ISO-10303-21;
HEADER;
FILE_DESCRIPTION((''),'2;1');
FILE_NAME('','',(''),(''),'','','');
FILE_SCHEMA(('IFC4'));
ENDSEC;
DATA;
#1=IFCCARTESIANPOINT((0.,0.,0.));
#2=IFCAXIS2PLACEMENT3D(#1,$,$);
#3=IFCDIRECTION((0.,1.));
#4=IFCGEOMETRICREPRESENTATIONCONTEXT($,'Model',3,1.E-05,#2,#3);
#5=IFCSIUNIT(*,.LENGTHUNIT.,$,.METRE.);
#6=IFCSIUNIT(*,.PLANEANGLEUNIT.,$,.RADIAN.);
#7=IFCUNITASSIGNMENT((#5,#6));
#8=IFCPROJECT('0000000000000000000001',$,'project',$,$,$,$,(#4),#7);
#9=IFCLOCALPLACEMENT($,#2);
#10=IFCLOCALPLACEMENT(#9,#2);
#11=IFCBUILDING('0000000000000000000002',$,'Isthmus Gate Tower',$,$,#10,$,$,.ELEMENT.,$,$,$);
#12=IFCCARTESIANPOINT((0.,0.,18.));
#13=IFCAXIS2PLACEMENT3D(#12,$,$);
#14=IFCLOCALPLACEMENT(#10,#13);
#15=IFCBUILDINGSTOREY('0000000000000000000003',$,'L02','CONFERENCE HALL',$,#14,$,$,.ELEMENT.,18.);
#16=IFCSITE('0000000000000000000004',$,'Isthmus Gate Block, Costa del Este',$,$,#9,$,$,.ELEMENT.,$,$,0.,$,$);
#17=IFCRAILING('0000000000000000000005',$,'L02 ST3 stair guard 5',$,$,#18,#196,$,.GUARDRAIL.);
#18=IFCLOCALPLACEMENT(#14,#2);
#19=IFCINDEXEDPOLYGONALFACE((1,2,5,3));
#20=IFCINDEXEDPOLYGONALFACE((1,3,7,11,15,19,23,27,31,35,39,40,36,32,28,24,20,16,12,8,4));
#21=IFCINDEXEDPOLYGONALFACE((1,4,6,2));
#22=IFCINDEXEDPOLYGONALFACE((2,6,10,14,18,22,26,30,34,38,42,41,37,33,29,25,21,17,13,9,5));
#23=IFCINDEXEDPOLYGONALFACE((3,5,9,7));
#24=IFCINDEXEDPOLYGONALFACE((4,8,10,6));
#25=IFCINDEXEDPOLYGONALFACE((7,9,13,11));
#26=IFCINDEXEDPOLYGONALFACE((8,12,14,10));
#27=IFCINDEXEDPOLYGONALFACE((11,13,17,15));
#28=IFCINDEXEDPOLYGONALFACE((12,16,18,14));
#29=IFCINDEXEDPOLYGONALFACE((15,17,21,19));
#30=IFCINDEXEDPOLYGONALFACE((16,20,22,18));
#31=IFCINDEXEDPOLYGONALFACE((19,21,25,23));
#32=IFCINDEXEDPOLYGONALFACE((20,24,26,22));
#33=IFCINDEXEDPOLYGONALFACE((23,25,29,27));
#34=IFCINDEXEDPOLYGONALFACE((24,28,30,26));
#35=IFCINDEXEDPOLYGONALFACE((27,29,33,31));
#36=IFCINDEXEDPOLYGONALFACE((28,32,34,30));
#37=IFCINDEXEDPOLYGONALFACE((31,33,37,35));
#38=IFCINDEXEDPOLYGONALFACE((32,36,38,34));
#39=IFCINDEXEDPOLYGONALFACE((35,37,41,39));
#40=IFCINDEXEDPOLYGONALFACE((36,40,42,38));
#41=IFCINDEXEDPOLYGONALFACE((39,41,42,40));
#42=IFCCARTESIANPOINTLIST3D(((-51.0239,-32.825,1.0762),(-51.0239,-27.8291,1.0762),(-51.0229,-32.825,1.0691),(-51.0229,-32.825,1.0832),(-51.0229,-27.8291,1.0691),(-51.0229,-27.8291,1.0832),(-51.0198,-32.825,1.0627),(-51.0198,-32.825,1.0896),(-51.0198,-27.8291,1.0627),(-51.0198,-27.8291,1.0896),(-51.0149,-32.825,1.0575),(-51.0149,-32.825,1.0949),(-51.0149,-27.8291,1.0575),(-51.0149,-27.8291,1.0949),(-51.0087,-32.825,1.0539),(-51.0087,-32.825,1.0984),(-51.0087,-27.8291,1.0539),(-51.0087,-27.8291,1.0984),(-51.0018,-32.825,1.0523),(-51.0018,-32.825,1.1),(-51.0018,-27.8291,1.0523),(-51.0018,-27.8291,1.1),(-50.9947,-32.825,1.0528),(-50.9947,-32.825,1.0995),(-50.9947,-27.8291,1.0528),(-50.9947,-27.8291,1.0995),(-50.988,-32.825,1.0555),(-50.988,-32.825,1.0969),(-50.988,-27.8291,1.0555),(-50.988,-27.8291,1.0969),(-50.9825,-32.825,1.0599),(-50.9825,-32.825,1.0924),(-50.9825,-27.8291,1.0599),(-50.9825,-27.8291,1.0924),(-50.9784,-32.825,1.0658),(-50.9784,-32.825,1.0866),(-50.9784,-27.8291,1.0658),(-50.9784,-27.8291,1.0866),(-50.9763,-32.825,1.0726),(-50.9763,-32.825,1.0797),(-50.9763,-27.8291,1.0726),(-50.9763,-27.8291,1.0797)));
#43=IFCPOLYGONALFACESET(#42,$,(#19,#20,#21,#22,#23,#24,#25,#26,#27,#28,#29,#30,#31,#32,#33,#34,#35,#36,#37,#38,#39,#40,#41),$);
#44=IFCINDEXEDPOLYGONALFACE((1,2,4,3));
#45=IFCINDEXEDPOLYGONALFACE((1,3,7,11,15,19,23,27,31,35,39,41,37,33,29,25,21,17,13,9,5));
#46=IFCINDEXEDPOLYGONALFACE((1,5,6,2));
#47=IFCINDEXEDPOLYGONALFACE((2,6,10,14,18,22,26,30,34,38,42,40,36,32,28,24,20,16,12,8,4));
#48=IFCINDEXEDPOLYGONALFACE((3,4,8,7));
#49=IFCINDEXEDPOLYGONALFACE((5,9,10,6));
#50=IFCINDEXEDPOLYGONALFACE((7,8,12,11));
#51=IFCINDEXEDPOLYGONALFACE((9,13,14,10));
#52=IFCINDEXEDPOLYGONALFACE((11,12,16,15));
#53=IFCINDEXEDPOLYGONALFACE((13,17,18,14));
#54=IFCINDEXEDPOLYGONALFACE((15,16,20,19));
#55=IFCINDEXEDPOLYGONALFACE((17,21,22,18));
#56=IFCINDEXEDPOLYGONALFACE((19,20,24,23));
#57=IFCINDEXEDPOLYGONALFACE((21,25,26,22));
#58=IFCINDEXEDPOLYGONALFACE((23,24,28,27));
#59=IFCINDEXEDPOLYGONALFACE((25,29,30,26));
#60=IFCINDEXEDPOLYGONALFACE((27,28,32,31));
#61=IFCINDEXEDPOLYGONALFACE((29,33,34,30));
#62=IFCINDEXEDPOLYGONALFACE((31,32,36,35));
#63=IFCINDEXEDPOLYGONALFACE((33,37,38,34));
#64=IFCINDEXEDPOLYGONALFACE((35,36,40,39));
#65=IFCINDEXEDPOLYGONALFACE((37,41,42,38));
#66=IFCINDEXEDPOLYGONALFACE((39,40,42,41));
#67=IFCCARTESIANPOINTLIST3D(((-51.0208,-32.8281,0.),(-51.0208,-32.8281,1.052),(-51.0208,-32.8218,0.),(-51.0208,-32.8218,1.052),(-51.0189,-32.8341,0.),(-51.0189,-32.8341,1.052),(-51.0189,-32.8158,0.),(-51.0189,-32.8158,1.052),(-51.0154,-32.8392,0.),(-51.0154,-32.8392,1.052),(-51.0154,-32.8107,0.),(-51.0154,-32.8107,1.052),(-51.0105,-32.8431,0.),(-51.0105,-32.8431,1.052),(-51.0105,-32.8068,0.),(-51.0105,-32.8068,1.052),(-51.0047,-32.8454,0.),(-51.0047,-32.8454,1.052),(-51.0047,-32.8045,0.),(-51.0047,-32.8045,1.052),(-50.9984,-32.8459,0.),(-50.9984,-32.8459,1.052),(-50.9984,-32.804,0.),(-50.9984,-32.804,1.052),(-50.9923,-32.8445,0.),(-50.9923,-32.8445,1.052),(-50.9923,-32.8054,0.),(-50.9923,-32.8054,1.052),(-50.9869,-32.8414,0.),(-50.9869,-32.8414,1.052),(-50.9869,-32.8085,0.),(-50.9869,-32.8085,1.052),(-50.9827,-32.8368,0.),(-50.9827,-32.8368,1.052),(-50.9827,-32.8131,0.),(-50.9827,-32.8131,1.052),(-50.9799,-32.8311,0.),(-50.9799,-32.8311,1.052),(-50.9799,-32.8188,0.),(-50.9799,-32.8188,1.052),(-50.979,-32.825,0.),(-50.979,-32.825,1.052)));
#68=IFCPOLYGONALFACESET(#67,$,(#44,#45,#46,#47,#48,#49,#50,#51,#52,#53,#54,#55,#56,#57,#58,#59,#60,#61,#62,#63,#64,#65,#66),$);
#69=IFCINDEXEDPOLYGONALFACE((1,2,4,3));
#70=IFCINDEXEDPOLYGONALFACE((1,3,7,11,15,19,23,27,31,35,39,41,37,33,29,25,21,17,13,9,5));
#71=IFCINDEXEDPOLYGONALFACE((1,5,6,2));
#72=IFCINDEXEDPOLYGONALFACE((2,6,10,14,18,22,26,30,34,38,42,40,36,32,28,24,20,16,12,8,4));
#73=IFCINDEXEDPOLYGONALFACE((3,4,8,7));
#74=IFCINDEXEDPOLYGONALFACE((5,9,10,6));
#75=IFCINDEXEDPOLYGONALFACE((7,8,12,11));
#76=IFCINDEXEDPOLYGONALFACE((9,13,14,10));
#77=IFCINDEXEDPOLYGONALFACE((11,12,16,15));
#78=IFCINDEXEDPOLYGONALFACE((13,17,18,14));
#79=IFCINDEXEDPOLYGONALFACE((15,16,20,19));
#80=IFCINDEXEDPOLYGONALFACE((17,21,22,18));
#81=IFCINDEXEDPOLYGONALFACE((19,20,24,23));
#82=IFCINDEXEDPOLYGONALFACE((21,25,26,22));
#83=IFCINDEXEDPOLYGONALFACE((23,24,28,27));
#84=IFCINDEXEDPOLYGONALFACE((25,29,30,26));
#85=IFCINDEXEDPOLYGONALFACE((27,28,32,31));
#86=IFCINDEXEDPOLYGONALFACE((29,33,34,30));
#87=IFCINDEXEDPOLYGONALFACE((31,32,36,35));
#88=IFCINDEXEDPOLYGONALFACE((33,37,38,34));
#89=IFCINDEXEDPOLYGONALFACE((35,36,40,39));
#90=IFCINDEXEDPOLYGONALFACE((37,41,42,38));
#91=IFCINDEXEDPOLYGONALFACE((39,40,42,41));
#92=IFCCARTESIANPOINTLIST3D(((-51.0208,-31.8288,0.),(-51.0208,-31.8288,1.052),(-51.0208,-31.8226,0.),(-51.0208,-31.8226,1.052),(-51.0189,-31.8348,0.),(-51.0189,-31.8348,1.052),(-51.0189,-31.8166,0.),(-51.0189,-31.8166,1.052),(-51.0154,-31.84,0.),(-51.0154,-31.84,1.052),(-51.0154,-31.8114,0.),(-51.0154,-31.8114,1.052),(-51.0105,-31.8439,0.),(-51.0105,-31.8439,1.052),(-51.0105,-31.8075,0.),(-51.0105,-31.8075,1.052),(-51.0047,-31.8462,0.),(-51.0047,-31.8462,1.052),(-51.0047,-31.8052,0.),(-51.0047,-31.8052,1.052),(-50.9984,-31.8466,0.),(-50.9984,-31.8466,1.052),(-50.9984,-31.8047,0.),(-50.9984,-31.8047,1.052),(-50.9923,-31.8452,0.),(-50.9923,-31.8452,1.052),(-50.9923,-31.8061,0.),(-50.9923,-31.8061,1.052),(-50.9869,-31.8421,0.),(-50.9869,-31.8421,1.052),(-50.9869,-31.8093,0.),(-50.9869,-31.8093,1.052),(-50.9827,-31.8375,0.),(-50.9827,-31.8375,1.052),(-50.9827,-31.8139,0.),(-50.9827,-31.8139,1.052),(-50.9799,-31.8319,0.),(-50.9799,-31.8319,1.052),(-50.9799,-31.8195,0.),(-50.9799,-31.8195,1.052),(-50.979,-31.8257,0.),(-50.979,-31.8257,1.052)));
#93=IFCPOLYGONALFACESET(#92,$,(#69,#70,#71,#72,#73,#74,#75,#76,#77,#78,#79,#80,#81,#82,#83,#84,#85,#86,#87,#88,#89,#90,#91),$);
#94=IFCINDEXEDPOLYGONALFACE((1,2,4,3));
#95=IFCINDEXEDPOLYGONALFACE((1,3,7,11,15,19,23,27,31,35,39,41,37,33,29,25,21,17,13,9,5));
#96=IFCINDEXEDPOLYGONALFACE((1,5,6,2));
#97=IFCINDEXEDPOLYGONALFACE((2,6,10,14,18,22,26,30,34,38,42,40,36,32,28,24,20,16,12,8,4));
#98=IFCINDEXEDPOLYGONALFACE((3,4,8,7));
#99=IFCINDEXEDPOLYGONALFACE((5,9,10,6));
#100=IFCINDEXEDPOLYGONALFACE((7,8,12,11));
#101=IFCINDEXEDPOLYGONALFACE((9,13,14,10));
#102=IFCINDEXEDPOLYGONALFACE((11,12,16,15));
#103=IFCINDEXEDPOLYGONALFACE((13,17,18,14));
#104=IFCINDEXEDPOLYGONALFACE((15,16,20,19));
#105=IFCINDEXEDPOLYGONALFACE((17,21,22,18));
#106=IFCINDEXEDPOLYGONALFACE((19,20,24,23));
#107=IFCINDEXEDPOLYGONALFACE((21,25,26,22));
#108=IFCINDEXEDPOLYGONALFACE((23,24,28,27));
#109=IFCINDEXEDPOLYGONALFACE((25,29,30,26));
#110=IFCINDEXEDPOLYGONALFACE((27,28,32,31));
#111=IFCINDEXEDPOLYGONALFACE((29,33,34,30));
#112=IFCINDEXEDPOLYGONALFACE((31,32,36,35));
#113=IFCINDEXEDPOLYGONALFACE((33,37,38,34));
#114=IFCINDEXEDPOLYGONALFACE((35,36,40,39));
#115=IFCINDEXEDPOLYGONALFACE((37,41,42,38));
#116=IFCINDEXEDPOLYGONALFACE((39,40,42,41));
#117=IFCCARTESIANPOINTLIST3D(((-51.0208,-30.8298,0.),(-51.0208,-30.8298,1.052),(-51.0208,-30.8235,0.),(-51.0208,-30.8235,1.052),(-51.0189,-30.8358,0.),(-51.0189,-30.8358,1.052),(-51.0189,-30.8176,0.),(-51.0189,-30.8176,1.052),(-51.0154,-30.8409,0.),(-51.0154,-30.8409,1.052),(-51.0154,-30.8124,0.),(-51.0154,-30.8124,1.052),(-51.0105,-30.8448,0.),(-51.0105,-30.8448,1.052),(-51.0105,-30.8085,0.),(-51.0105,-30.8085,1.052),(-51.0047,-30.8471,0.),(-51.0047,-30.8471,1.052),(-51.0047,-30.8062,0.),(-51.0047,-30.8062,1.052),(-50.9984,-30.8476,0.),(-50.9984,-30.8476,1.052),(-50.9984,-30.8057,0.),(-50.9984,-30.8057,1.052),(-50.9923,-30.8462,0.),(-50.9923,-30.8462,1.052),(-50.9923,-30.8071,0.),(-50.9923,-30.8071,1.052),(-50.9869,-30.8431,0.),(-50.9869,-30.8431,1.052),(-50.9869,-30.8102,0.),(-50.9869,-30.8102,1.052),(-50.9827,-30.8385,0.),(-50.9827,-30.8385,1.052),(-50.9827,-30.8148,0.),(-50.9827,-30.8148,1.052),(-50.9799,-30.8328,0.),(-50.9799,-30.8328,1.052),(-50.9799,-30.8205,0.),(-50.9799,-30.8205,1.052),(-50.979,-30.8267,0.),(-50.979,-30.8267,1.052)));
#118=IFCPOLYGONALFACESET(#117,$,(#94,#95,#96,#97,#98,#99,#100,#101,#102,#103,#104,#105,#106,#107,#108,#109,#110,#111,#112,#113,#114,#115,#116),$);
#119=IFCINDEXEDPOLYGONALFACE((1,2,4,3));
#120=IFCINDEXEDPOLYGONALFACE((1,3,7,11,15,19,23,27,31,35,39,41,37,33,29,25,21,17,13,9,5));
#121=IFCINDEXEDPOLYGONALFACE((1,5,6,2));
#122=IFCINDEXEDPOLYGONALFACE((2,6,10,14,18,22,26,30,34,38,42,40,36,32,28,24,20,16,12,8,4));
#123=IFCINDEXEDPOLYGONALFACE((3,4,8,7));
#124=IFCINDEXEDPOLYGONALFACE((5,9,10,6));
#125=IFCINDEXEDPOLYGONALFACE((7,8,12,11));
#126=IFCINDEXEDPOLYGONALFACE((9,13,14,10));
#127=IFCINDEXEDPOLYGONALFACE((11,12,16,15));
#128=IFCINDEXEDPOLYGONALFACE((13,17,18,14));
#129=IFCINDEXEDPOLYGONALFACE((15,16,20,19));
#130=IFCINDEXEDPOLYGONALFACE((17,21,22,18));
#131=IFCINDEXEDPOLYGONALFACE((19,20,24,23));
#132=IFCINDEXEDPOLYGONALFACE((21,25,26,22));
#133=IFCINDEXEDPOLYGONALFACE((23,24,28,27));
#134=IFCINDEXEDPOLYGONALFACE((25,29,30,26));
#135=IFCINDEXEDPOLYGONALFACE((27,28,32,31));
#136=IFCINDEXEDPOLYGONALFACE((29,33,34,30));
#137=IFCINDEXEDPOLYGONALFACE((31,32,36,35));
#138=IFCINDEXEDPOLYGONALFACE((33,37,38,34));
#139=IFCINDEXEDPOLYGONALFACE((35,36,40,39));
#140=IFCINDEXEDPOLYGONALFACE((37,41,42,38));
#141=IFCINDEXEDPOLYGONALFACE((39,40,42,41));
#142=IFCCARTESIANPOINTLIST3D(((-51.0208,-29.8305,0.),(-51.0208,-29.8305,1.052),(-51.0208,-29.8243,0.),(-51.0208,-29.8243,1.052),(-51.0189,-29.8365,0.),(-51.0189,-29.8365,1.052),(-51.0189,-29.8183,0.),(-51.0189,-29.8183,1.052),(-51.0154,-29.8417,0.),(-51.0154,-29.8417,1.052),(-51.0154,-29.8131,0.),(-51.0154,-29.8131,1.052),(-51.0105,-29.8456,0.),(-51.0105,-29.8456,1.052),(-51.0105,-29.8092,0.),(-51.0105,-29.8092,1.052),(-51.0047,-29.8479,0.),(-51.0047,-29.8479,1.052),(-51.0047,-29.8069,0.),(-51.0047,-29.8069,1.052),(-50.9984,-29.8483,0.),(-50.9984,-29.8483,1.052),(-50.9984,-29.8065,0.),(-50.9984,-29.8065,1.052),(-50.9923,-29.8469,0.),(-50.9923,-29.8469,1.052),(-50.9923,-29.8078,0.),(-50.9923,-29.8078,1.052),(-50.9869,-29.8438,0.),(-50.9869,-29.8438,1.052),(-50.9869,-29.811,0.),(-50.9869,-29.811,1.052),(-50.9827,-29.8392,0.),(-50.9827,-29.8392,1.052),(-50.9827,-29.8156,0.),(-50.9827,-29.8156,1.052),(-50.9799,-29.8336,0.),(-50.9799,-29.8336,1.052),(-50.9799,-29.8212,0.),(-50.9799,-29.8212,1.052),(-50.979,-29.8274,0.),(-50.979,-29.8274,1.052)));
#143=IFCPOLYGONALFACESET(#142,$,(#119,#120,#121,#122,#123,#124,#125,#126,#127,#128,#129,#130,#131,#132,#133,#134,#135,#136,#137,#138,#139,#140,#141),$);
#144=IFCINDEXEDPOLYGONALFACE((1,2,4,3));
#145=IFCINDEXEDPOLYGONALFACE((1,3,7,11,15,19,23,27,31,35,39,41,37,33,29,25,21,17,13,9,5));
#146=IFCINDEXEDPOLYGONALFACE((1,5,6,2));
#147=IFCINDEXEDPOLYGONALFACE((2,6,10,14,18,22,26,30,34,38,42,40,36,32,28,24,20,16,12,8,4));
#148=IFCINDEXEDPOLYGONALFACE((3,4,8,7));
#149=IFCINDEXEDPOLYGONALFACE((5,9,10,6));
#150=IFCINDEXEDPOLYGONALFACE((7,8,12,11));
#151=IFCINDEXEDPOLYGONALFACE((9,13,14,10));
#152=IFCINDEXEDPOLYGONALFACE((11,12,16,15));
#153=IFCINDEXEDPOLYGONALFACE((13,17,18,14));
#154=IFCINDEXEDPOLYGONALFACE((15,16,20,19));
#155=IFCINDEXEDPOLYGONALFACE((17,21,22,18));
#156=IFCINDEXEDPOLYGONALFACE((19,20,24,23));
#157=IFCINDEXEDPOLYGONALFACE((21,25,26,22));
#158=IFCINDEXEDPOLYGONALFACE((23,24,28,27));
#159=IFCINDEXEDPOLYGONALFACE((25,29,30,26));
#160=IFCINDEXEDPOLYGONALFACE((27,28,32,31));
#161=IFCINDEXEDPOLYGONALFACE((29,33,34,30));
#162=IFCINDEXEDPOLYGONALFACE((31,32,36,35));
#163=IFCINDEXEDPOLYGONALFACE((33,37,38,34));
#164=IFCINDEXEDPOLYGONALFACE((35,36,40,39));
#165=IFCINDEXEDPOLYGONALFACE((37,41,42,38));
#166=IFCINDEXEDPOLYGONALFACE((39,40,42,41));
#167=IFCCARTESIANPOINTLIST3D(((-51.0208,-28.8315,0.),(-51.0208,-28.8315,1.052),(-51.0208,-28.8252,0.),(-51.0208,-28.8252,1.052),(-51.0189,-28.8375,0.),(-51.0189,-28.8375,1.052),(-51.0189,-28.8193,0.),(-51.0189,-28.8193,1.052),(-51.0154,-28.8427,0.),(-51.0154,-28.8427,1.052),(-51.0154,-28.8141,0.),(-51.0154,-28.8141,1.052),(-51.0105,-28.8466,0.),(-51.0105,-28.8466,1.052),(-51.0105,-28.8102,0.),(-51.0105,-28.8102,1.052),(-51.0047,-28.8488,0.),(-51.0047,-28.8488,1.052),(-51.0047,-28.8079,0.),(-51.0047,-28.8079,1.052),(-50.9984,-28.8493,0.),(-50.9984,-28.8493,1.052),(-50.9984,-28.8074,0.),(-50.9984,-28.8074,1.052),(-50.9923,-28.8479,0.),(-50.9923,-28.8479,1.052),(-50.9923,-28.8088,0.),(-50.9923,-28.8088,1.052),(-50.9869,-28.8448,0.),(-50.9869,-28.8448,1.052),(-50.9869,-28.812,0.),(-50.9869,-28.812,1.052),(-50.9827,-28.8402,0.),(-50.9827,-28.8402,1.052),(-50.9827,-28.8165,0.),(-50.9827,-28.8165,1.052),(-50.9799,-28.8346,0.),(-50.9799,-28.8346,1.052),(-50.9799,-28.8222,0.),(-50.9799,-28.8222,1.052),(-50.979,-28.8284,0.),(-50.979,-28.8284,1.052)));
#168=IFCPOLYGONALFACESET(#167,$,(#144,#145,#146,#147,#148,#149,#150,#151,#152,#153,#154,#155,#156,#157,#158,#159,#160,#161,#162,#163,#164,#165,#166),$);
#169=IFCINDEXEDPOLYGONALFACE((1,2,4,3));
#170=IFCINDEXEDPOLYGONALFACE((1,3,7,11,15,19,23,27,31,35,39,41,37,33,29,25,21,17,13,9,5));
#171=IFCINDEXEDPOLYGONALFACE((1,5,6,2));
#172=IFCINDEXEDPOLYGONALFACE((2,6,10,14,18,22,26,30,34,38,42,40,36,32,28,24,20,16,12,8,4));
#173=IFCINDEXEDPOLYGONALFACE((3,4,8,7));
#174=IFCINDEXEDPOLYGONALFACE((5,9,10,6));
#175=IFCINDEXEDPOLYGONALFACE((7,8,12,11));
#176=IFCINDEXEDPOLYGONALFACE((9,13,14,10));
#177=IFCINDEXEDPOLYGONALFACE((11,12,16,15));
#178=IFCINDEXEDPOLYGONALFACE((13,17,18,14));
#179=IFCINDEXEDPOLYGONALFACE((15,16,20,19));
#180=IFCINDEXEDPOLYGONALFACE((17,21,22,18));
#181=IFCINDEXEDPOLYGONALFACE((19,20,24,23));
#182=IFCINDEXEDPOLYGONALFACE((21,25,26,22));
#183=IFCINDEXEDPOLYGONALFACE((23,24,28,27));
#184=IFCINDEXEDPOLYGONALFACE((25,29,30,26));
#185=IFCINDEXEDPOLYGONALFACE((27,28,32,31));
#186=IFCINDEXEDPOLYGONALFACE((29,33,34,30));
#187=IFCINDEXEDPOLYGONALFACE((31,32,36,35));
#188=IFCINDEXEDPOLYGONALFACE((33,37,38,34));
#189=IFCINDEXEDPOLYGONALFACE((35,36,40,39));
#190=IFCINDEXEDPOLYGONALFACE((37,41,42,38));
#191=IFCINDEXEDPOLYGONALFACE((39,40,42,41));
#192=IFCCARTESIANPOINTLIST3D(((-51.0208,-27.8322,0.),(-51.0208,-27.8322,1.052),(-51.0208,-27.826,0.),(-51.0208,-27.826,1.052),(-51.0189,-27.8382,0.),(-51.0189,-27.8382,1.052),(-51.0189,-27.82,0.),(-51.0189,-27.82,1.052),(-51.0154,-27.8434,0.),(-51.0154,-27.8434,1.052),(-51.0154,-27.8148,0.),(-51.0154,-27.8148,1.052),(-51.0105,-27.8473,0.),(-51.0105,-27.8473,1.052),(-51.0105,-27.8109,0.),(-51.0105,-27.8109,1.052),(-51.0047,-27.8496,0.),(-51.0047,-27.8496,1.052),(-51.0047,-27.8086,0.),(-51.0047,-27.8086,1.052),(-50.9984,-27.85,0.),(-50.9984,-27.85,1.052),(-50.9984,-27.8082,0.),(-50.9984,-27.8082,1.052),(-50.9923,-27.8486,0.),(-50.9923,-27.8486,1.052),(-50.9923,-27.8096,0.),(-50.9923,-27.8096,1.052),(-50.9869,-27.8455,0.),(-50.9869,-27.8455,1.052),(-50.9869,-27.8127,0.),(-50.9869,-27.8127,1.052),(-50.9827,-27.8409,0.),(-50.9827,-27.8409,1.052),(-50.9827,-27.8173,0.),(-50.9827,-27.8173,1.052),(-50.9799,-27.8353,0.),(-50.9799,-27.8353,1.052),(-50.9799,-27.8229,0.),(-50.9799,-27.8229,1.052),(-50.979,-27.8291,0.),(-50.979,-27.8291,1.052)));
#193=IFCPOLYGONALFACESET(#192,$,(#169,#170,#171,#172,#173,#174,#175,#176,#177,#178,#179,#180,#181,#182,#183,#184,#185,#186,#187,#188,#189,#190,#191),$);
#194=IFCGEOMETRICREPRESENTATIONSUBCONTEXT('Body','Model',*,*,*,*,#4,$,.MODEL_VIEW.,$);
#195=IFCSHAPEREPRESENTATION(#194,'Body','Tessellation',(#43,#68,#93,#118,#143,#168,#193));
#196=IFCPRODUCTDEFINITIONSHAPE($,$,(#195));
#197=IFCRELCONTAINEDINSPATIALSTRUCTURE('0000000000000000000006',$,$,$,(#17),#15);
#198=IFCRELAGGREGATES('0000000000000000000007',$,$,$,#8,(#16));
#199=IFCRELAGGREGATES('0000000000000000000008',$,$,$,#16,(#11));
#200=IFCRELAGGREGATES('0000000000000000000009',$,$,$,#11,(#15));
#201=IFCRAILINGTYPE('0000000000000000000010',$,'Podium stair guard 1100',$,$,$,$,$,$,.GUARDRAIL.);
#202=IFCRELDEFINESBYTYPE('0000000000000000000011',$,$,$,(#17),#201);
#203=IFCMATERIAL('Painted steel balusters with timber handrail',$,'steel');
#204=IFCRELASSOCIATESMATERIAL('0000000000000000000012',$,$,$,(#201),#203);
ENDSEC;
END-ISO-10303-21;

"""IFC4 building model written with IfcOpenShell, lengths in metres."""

from ifc_helpers import new_model, si_unit, direction, frame, origin, origin_2d, place, context, subcontext, project, spatial, circle, extrude, material, type_object, element, save


model = new_model("IFC4")

# Units and contexts
model_context = context("Model", 3, precision=1e-05, world=origin(), true_north=direction((0.0, 1.0)))
body_context = subcontext(model_context, "Body", "Model", "MODEL_VIEW")
ifc_project = project(units=[si_unit("LENGTHUNIT", "METRE"), si_unit("PLANEANGLEUNIT", "RADIAN")], contexts=[model_context])

# Site, building, storey
site_placement = place(None, origin())
site = spatial("IfcSite", under=ifc_project, at=site_placement, Name="Isthmus Gate Block, Costa del Este", CompositionType="ELEMENT", RefElevation=0.0)
building_placement = place(site_placement, origin())
building = spatial("IfcBuilding", under=site, at=building_placement, Name="Isthmus Gate Tower", CompositionType="ELEMENT")
storey_placement = place(building_placement, frame((0.0, 0.0, 18.0)))
storey = spatial("IfcBuildingStorey", under=building, at=storey_placement, Name="L02", Description="CONFERENCE HALL", CompositionType="ELEMENT", Elevation=18.0)

# Railing
ifc_material_1 = material(Name="Painted steel balusters with timber handrail", Category="steel")
railing_type_1 = type_object("IfcRailingType", Name="Podium stair guard 1100", PredefinedType="GUARDRAIL", material=ifc_material_1)
railing_1_placement = place(storey_placement, frame((-51.0, -32.825, 0.0)))
element("IfcRailing", 1, at=railing_1_placement, inside=storey, type_object=railing_type_1, Name="L02 ST3 stair guard 5", PredefinedType="GUARDRAIL", context=body_context, shape_type="SweptSolid", body=[
    extrude(circle(Radius=0.0239, at=origin_2d()), frame((0.0, 0.0, 1.0762), z_axis=(0.0, 1.0, 0.0), x_axis=(-1.0, 0.0, 0.0)), (0.0, 0.0, 1.0), 4.9958),
    extrude(circle(Radius=0.021, at=origin_2d()), origin(), (0.0, 0.0, 1.0), 1.052),
    extrude(circle(Radius=0.021, at=origin_2d()), frame((0.0, 0.9993, 0.0)), (0.0, 0.0, 1.0), 1.052),
    extrude(circle(Radius=0.021, at=origin_2d()), frame((0.0, 1.9983, 0.0)), (0.0, 0.0, 1.0), 1.052),
    extrude(circle(Radius=0.021, at=origin_2d()), frame((0.0, 2.9976, 0.0)), (0.0, 0.0, 1.0), 1.052),
    extrude(circle(Radius=0.021, at=origin_2d()), frame((0.0, 3.9966, 0.0)), (0.0, 0.0, 1.0), 1.052),
    extrude(circle(Radius=0.021, at=origin_2d()), frame((0.0, 4.9958, 0.0)), (0.0, 0.0, 1.0), 1.052),
])

save(model, "model.ifc")
